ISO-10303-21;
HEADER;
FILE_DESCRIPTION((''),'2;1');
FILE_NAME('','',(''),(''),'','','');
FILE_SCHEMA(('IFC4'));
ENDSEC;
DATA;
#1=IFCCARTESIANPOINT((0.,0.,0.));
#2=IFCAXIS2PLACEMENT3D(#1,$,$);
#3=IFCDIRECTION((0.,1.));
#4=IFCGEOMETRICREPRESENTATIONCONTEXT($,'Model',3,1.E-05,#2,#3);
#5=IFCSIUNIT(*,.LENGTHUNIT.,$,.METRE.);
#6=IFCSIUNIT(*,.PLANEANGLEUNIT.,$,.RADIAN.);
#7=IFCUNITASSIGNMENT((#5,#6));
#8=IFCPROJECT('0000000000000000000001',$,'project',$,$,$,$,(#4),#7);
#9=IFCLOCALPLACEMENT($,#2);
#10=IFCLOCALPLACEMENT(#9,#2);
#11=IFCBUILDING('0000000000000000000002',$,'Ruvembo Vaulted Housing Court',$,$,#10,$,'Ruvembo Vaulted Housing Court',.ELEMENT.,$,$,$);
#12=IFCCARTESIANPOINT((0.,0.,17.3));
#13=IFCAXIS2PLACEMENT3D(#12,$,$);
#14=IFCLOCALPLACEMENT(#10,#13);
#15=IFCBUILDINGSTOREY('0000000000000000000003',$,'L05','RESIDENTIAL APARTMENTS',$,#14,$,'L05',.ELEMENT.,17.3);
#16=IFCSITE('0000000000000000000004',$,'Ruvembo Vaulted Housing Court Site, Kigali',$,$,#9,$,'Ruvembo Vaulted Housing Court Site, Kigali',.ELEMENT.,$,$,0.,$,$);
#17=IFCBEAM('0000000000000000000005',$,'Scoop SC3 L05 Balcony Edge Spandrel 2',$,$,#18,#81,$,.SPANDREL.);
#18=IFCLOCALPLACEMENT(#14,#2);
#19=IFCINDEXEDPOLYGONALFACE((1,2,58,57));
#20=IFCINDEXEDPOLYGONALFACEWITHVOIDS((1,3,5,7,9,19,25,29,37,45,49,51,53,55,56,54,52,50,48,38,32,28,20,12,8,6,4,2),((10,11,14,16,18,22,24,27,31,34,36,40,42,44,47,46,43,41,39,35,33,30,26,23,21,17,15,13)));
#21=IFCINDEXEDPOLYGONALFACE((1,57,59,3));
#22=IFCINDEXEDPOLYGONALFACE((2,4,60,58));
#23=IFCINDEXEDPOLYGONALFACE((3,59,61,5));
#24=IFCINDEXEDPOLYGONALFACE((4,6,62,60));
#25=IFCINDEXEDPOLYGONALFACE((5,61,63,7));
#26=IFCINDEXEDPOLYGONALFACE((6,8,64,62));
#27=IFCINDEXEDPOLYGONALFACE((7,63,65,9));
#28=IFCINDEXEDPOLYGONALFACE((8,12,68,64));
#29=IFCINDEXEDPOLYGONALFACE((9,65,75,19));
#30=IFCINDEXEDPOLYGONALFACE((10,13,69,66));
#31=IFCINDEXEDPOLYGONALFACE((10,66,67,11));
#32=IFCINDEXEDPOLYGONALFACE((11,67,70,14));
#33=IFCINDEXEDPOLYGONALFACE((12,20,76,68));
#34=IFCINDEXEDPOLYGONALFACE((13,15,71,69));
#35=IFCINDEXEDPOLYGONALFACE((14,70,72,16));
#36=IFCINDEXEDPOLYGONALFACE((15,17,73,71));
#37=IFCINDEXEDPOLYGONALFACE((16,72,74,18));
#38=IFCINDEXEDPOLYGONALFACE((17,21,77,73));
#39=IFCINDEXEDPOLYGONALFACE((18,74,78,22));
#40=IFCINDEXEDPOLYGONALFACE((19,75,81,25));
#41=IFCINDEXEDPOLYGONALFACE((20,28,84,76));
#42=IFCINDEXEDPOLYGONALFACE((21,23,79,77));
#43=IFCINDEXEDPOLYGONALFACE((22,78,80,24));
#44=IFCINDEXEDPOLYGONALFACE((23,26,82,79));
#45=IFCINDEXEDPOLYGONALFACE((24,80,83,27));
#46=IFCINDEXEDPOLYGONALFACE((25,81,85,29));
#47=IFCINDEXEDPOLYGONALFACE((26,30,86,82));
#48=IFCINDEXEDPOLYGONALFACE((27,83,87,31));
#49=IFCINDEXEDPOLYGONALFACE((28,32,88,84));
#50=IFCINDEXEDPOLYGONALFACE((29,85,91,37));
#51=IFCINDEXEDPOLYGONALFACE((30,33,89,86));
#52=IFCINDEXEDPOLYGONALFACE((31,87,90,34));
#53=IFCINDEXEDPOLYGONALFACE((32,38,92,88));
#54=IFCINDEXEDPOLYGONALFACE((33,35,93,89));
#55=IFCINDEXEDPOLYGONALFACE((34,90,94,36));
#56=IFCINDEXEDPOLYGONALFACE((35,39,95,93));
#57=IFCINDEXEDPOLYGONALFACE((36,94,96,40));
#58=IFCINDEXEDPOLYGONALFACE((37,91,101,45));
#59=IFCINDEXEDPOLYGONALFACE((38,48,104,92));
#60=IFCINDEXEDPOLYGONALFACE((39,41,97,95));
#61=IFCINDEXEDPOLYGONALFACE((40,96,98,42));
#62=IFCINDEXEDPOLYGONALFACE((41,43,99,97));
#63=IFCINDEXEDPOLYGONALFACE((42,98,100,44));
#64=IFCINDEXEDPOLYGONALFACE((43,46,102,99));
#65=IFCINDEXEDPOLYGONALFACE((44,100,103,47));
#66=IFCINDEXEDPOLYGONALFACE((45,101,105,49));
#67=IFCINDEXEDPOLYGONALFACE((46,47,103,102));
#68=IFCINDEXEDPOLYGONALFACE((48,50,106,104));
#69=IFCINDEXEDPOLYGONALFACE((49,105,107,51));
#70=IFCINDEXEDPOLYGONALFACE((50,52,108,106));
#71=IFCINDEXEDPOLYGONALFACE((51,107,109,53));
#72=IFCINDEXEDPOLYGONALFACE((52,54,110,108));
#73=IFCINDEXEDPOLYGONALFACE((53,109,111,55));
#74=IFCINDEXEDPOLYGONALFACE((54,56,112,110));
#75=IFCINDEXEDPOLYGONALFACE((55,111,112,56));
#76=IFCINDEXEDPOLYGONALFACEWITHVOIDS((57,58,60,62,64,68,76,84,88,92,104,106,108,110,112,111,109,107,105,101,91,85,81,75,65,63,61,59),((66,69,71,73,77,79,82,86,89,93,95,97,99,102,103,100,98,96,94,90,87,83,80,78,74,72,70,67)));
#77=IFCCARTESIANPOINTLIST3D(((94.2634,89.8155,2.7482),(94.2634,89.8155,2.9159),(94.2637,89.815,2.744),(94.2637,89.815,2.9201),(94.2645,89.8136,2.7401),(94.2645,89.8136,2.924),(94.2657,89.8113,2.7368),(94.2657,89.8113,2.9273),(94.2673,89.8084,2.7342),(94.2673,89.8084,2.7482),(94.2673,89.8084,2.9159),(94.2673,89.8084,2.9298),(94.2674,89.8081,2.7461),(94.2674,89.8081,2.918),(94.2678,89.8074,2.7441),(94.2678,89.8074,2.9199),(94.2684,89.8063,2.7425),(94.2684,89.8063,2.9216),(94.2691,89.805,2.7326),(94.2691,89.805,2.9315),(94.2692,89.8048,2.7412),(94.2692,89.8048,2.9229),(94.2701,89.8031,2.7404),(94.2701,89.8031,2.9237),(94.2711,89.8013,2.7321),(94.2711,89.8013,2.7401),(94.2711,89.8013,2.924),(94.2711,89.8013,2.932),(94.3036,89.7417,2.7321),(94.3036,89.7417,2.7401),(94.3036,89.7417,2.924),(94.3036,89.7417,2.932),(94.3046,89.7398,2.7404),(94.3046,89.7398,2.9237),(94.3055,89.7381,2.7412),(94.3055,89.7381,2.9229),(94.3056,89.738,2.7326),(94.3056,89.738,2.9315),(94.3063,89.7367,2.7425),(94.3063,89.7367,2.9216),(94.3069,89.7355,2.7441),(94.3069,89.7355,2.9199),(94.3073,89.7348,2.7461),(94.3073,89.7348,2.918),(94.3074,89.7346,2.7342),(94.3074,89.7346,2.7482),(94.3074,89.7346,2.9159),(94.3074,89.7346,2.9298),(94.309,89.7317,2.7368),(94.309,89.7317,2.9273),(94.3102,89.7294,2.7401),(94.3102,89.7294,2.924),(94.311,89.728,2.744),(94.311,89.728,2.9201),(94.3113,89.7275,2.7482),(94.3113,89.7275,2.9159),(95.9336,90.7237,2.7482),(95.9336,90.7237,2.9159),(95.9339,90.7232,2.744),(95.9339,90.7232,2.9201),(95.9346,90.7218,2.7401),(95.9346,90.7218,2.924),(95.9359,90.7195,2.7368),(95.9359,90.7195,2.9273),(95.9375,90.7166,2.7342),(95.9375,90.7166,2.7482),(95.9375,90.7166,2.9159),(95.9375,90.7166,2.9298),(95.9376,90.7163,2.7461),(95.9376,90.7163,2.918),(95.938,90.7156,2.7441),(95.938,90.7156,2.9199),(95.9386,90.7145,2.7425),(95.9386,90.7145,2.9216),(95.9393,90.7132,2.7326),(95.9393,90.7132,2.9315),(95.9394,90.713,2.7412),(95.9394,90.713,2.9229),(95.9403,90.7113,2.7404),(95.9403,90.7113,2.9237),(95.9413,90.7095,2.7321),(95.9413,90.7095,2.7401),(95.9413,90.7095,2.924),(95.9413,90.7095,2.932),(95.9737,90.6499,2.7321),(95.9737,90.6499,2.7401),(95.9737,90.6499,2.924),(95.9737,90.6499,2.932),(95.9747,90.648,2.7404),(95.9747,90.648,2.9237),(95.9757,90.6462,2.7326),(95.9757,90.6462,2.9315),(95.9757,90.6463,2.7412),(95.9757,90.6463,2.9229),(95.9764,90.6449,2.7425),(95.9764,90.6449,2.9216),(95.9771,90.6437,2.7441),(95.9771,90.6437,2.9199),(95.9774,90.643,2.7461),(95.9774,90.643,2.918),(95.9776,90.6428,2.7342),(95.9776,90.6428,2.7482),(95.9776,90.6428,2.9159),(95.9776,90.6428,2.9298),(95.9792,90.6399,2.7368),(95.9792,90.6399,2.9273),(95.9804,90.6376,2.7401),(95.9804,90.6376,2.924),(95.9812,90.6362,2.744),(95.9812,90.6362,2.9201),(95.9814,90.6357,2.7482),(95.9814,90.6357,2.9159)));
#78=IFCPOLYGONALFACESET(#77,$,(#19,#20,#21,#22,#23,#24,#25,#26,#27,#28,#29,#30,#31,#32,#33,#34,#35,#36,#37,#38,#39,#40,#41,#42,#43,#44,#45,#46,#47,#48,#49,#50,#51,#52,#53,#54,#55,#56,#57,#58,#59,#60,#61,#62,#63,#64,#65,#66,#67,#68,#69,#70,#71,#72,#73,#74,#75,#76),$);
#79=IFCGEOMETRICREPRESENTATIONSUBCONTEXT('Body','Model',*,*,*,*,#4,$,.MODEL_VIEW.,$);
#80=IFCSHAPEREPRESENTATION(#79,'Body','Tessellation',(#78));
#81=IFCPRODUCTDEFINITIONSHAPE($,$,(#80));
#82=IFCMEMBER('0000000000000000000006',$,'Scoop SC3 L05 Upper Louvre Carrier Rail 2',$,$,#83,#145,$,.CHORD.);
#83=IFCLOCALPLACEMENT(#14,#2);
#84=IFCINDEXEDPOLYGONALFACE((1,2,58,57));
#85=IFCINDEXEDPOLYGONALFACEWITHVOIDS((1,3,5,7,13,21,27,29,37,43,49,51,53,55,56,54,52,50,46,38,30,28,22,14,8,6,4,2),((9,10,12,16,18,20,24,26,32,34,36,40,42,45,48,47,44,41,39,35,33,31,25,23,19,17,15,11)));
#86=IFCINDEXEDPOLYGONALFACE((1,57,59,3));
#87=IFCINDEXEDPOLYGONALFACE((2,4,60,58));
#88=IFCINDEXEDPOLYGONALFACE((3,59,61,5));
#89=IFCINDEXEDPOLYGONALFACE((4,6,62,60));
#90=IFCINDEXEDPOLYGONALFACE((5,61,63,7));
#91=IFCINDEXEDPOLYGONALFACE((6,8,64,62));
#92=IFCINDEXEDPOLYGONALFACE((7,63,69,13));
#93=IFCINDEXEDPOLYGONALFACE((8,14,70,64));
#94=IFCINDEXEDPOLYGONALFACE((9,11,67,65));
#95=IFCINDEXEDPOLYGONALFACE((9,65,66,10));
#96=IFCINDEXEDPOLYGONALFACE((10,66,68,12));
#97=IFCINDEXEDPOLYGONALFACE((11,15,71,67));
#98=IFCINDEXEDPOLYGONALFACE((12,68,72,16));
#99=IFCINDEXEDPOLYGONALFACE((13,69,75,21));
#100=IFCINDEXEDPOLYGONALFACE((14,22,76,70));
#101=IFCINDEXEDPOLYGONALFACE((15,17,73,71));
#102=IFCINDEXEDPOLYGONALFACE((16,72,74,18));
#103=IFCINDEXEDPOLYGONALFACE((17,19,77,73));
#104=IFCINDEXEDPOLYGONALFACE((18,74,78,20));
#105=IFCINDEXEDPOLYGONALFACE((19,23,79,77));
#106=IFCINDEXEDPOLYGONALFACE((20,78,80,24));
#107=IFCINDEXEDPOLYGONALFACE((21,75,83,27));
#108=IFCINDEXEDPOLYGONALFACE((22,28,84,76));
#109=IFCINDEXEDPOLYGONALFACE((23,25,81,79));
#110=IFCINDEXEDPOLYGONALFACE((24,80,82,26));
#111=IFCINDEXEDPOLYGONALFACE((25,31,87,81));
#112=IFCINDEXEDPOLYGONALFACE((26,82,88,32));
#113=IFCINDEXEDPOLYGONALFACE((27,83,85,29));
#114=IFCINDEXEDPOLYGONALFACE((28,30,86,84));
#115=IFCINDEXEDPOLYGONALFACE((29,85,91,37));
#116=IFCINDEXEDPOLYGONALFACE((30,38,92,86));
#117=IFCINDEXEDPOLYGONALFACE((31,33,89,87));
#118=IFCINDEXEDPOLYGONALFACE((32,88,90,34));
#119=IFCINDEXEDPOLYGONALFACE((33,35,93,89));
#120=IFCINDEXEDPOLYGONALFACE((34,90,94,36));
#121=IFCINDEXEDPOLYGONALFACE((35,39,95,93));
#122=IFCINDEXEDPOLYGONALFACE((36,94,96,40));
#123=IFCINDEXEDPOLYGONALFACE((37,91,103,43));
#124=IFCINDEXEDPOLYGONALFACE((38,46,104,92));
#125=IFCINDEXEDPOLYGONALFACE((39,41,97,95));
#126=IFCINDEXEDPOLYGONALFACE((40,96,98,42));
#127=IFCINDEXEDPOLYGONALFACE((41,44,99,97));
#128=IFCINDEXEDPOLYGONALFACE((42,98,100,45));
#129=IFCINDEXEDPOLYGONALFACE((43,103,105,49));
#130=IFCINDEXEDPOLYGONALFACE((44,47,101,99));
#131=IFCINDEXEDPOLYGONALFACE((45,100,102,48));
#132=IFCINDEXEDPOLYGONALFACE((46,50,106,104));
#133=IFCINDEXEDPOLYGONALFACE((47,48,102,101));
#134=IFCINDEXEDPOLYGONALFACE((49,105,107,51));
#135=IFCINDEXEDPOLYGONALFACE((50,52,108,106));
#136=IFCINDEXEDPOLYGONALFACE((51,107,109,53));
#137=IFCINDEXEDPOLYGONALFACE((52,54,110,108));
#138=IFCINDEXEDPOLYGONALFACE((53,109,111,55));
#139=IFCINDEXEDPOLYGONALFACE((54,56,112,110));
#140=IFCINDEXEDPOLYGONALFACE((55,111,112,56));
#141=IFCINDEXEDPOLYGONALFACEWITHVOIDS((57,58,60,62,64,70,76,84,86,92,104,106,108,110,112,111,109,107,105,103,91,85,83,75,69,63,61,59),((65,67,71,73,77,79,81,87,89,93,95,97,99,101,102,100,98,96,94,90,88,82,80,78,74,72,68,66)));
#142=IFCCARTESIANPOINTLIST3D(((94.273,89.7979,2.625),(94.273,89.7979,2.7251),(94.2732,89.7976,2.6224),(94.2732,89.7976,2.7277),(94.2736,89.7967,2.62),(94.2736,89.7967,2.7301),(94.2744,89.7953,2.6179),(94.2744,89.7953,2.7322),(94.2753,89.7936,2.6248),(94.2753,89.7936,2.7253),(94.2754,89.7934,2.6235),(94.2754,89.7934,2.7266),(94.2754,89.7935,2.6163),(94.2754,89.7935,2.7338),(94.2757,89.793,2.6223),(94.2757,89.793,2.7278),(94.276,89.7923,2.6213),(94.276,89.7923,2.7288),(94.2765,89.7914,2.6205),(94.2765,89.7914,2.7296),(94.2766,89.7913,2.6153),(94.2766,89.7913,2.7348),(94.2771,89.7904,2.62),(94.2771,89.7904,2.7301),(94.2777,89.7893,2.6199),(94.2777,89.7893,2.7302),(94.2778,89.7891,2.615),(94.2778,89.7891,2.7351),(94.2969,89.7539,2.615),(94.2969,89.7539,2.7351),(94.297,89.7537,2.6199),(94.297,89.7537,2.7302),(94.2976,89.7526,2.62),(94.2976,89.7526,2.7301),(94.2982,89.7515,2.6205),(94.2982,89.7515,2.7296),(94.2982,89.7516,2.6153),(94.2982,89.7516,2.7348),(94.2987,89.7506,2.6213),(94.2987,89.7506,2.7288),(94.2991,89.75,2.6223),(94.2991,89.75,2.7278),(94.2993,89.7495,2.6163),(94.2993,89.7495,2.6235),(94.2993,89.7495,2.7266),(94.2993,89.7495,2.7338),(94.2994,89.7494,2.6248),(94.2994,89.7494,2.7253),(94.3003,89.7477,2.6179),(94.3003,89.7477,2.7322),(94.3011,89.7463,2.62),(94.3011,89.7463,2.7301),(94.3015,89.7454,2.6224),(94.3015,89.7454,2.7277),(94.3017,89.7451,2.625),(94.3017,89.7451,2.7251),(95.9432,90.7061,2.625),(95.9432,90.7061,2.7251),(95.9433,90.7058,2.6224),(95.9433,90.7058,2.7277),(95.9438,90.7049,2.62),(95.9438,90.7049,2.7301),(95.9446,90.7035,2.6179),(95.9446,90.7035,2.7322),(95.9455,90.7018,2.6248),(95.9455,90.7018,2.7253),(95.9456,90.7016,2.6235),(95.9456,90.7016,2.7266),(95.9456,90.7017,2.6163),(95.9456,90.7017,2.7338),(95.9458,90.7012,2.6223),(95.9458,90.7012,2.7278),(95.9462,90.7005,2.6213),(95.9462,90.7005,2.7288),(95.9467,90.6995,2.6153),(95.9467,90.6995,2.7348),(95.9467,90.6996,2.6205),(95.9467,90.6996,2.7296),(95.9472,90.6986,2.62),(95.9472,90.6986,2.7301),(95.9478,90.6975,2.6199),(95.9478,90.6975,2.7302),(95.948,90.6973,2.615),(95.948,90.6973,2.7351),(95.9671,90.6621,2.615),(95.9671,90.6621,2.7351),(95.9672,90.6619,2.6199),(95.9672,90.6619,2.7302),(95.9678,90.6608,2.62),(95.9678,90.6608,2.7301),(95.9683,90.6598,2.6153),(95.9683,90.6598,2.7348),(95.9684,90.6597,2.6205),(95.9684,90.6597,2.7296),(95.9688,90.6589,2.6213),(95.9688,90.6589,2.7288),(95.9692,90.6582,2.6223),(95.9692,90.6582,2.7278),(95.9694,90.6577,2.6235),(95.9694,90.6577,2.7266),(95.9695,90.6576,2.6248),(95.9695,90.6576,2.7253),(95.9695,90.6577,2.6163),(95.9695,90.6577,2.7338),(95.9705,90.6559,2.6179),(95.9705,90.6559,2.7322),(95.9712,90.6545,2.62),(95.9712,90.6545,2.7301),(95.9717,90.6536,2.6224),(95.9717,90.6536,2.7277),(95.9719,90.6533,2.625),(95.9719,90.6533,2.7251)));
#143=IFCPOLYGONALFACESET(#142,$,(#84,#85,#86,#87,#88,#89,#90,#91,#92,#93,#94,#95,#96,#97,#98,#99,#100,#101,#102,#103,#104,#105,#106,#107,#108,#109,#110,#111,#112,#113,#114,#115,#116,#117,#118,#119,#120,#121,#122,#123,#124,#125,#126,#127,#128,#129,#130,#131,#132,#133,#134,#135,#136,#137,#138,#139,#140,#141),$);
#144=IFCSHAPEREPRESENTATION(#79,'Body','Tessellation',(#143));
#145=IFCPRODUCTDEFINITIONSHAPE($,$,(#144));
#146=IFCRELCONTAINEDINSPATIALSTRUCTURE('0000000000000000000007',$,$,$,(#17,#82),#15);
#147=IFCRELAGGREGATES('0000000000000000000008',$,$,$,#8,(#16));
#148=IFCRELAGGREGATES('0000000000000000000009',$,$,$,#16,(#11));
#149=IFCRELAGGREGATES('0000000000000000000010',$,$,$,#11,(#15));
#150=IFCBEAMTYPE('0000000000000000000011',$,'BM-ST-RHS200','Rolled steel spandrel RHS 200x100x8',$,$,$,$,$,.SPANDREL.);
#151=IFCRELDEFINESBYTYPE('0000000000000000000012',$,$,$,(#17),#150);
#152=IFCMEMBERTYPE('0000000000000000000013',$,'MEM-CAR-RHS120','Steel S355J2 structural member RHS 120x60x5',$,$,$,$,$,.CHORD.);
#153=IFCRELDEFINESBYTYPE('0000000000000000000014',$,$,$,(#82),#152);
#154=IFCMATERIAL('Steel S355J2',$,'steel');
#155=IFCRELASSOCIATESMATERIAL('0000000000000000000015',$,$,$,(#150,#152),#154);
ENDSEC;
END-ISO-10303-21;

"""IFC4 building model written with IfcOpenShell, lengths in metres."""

from ifc_helpers import new_model, si_unit, direction, frame, origin, origin_2d, place, context, subcontext, project, spatial, hollow_rectangle, extrude, material, material_profile, profile_set, type_object, element, save


model = new_model("IFC4")

# Units and contexts
model_context = context("Model", 3, precision=1e-05, world=origin(), true_north=direction((0.0, 1.0)))
body_context = subcontext(model_context, "Body", "Model", "MODEL_VIEW")
ifc_project = project(units=[si_unit("LENGTHUNIT", "METRE"), si_unit("PLANEANGLEUNIT", "RADIAN")], contexts=[model_context])

# Site, building, storey
site_placement = place(None, origin())
site = spatial("IfcSite", under=ifc_project, at=site_placement, Name="Ruvembo Vaulted Housing Court Site, Kigali", LongName="Ruvembo Vaulted Housing Court Site, Kigali", CompositionType="ELEMENT", RefElevation=0.0)
building_placement = place(site_placement, origin())
building = spatial("IfcBuilding", under=site, at=building_placement, Name="Ruvembo Vaulted Housing Court", LongName="Ruvembo Vaulted Housing Court", CompositionType="ELEMENT")
storey_placement = place(building_placement, frame((0.0, 0.0, 17.3)))
storey = spatial("IfcBuildingStorey", under=building, at=storey_placement, Name="L05", Description="RESIDENTIAL APARTMENTS", LongName="L05", CompositionType="ELEMENT", Elevation=17.3)

# Beam
ifc_material_1 = material(Name="Steel S355J2", Category="steel")
ifc_material_profile_1 = material_profile(ifc_material_1, hollow_rectangle(XDim=0.1001, YDim=0.2, WallThickness=0.0081, InnerFilletRadius=0.0081, OuterFilletRadius=0.0161, at=origin_2d()), Name="RHS 200x100x8")
ifc_profile_set_1 = profile_set([ifc_material_profile_1], Name="Steel S355J2")
beam_type_1 = type_object("IfcBeamType", Name="BM-ST-RHS200", Description="Rolled steel spandrel RHS 200x100x8", PredefinedType="SPANDREL", material=ifc_profile_set_1)
beam_1_placement = place(storey_placement, frame((94.2874, 89.7715, 2.832), z_axis=(0.878513, 0.477718, 0.0), x_axis=(-0.477718, 0.878513, 0.0)))
element("IfcBeam", 1, at=beam_1_placement, inside=storey, type_object=beam_type_1, Name="Scoop SC3 L05 Balcony Edge Spandrel 2", PredefinedType="SPANDREL", context=body_context, shape_type="SweptSolid", body=[
    extrude(hollow_rectangle(XDim=0.1001, YDim=0.2, WallThickness=0.0081, InnerFilletRadius=0.0081, OuterFilletRadius=0.0161, at=origin_2d()), origin(), (0.0, 0.0, 1.0), 1.9011),
])

# Member
ifc_material_profile_2 = material_profile(ifc_material_1, hollow_rectangle(XDim=0.0601, YDim=0.1201, WallThickness=0.0049, InnerFilletRadius=0.0049, OuterFilletRadius=0.01, at=origin_2d()), Name="RHS 120x60x5")
ifc_profile_set_2 = profile_set([ifc_material_profile_2], Name="Steel S355J2")
member_type_1 = type_object("IfcMemberType", Name="MEM-CAR-RHS120", Description="Steel S355J2 structural member RHS 120x60x5", PredefinedType="CHORD", material=ifc_profile_set_2)
member_1_placement = place(storey_placement, frame((94.2874, 89.7715, 2.675), z_axis=(0.878513, 0.477718, 0.0), x_axis=(-0.477718, 0.878513, 0.0)))
element("IfcMember", 2, at=member_1_placement, inside=storey, type_object=member_type_1, Name="Scoop SC3 L05 Upper Louvre Carrier Rail 2", PredefinedType="CHORD", context=body_context, shape_type="SweptSolid", body=[
    extrude(hollow_rectangle(XDim=0.0601, YDim=0.1201, WallThickness=0.0049, InnerFilletRadius=0.0049, OuterFilletRadius=0.01, at=origin_2d()), origin(), (0.0, 0.0, 1.0), 1.9011),
])

save(model, "model.ifc")
